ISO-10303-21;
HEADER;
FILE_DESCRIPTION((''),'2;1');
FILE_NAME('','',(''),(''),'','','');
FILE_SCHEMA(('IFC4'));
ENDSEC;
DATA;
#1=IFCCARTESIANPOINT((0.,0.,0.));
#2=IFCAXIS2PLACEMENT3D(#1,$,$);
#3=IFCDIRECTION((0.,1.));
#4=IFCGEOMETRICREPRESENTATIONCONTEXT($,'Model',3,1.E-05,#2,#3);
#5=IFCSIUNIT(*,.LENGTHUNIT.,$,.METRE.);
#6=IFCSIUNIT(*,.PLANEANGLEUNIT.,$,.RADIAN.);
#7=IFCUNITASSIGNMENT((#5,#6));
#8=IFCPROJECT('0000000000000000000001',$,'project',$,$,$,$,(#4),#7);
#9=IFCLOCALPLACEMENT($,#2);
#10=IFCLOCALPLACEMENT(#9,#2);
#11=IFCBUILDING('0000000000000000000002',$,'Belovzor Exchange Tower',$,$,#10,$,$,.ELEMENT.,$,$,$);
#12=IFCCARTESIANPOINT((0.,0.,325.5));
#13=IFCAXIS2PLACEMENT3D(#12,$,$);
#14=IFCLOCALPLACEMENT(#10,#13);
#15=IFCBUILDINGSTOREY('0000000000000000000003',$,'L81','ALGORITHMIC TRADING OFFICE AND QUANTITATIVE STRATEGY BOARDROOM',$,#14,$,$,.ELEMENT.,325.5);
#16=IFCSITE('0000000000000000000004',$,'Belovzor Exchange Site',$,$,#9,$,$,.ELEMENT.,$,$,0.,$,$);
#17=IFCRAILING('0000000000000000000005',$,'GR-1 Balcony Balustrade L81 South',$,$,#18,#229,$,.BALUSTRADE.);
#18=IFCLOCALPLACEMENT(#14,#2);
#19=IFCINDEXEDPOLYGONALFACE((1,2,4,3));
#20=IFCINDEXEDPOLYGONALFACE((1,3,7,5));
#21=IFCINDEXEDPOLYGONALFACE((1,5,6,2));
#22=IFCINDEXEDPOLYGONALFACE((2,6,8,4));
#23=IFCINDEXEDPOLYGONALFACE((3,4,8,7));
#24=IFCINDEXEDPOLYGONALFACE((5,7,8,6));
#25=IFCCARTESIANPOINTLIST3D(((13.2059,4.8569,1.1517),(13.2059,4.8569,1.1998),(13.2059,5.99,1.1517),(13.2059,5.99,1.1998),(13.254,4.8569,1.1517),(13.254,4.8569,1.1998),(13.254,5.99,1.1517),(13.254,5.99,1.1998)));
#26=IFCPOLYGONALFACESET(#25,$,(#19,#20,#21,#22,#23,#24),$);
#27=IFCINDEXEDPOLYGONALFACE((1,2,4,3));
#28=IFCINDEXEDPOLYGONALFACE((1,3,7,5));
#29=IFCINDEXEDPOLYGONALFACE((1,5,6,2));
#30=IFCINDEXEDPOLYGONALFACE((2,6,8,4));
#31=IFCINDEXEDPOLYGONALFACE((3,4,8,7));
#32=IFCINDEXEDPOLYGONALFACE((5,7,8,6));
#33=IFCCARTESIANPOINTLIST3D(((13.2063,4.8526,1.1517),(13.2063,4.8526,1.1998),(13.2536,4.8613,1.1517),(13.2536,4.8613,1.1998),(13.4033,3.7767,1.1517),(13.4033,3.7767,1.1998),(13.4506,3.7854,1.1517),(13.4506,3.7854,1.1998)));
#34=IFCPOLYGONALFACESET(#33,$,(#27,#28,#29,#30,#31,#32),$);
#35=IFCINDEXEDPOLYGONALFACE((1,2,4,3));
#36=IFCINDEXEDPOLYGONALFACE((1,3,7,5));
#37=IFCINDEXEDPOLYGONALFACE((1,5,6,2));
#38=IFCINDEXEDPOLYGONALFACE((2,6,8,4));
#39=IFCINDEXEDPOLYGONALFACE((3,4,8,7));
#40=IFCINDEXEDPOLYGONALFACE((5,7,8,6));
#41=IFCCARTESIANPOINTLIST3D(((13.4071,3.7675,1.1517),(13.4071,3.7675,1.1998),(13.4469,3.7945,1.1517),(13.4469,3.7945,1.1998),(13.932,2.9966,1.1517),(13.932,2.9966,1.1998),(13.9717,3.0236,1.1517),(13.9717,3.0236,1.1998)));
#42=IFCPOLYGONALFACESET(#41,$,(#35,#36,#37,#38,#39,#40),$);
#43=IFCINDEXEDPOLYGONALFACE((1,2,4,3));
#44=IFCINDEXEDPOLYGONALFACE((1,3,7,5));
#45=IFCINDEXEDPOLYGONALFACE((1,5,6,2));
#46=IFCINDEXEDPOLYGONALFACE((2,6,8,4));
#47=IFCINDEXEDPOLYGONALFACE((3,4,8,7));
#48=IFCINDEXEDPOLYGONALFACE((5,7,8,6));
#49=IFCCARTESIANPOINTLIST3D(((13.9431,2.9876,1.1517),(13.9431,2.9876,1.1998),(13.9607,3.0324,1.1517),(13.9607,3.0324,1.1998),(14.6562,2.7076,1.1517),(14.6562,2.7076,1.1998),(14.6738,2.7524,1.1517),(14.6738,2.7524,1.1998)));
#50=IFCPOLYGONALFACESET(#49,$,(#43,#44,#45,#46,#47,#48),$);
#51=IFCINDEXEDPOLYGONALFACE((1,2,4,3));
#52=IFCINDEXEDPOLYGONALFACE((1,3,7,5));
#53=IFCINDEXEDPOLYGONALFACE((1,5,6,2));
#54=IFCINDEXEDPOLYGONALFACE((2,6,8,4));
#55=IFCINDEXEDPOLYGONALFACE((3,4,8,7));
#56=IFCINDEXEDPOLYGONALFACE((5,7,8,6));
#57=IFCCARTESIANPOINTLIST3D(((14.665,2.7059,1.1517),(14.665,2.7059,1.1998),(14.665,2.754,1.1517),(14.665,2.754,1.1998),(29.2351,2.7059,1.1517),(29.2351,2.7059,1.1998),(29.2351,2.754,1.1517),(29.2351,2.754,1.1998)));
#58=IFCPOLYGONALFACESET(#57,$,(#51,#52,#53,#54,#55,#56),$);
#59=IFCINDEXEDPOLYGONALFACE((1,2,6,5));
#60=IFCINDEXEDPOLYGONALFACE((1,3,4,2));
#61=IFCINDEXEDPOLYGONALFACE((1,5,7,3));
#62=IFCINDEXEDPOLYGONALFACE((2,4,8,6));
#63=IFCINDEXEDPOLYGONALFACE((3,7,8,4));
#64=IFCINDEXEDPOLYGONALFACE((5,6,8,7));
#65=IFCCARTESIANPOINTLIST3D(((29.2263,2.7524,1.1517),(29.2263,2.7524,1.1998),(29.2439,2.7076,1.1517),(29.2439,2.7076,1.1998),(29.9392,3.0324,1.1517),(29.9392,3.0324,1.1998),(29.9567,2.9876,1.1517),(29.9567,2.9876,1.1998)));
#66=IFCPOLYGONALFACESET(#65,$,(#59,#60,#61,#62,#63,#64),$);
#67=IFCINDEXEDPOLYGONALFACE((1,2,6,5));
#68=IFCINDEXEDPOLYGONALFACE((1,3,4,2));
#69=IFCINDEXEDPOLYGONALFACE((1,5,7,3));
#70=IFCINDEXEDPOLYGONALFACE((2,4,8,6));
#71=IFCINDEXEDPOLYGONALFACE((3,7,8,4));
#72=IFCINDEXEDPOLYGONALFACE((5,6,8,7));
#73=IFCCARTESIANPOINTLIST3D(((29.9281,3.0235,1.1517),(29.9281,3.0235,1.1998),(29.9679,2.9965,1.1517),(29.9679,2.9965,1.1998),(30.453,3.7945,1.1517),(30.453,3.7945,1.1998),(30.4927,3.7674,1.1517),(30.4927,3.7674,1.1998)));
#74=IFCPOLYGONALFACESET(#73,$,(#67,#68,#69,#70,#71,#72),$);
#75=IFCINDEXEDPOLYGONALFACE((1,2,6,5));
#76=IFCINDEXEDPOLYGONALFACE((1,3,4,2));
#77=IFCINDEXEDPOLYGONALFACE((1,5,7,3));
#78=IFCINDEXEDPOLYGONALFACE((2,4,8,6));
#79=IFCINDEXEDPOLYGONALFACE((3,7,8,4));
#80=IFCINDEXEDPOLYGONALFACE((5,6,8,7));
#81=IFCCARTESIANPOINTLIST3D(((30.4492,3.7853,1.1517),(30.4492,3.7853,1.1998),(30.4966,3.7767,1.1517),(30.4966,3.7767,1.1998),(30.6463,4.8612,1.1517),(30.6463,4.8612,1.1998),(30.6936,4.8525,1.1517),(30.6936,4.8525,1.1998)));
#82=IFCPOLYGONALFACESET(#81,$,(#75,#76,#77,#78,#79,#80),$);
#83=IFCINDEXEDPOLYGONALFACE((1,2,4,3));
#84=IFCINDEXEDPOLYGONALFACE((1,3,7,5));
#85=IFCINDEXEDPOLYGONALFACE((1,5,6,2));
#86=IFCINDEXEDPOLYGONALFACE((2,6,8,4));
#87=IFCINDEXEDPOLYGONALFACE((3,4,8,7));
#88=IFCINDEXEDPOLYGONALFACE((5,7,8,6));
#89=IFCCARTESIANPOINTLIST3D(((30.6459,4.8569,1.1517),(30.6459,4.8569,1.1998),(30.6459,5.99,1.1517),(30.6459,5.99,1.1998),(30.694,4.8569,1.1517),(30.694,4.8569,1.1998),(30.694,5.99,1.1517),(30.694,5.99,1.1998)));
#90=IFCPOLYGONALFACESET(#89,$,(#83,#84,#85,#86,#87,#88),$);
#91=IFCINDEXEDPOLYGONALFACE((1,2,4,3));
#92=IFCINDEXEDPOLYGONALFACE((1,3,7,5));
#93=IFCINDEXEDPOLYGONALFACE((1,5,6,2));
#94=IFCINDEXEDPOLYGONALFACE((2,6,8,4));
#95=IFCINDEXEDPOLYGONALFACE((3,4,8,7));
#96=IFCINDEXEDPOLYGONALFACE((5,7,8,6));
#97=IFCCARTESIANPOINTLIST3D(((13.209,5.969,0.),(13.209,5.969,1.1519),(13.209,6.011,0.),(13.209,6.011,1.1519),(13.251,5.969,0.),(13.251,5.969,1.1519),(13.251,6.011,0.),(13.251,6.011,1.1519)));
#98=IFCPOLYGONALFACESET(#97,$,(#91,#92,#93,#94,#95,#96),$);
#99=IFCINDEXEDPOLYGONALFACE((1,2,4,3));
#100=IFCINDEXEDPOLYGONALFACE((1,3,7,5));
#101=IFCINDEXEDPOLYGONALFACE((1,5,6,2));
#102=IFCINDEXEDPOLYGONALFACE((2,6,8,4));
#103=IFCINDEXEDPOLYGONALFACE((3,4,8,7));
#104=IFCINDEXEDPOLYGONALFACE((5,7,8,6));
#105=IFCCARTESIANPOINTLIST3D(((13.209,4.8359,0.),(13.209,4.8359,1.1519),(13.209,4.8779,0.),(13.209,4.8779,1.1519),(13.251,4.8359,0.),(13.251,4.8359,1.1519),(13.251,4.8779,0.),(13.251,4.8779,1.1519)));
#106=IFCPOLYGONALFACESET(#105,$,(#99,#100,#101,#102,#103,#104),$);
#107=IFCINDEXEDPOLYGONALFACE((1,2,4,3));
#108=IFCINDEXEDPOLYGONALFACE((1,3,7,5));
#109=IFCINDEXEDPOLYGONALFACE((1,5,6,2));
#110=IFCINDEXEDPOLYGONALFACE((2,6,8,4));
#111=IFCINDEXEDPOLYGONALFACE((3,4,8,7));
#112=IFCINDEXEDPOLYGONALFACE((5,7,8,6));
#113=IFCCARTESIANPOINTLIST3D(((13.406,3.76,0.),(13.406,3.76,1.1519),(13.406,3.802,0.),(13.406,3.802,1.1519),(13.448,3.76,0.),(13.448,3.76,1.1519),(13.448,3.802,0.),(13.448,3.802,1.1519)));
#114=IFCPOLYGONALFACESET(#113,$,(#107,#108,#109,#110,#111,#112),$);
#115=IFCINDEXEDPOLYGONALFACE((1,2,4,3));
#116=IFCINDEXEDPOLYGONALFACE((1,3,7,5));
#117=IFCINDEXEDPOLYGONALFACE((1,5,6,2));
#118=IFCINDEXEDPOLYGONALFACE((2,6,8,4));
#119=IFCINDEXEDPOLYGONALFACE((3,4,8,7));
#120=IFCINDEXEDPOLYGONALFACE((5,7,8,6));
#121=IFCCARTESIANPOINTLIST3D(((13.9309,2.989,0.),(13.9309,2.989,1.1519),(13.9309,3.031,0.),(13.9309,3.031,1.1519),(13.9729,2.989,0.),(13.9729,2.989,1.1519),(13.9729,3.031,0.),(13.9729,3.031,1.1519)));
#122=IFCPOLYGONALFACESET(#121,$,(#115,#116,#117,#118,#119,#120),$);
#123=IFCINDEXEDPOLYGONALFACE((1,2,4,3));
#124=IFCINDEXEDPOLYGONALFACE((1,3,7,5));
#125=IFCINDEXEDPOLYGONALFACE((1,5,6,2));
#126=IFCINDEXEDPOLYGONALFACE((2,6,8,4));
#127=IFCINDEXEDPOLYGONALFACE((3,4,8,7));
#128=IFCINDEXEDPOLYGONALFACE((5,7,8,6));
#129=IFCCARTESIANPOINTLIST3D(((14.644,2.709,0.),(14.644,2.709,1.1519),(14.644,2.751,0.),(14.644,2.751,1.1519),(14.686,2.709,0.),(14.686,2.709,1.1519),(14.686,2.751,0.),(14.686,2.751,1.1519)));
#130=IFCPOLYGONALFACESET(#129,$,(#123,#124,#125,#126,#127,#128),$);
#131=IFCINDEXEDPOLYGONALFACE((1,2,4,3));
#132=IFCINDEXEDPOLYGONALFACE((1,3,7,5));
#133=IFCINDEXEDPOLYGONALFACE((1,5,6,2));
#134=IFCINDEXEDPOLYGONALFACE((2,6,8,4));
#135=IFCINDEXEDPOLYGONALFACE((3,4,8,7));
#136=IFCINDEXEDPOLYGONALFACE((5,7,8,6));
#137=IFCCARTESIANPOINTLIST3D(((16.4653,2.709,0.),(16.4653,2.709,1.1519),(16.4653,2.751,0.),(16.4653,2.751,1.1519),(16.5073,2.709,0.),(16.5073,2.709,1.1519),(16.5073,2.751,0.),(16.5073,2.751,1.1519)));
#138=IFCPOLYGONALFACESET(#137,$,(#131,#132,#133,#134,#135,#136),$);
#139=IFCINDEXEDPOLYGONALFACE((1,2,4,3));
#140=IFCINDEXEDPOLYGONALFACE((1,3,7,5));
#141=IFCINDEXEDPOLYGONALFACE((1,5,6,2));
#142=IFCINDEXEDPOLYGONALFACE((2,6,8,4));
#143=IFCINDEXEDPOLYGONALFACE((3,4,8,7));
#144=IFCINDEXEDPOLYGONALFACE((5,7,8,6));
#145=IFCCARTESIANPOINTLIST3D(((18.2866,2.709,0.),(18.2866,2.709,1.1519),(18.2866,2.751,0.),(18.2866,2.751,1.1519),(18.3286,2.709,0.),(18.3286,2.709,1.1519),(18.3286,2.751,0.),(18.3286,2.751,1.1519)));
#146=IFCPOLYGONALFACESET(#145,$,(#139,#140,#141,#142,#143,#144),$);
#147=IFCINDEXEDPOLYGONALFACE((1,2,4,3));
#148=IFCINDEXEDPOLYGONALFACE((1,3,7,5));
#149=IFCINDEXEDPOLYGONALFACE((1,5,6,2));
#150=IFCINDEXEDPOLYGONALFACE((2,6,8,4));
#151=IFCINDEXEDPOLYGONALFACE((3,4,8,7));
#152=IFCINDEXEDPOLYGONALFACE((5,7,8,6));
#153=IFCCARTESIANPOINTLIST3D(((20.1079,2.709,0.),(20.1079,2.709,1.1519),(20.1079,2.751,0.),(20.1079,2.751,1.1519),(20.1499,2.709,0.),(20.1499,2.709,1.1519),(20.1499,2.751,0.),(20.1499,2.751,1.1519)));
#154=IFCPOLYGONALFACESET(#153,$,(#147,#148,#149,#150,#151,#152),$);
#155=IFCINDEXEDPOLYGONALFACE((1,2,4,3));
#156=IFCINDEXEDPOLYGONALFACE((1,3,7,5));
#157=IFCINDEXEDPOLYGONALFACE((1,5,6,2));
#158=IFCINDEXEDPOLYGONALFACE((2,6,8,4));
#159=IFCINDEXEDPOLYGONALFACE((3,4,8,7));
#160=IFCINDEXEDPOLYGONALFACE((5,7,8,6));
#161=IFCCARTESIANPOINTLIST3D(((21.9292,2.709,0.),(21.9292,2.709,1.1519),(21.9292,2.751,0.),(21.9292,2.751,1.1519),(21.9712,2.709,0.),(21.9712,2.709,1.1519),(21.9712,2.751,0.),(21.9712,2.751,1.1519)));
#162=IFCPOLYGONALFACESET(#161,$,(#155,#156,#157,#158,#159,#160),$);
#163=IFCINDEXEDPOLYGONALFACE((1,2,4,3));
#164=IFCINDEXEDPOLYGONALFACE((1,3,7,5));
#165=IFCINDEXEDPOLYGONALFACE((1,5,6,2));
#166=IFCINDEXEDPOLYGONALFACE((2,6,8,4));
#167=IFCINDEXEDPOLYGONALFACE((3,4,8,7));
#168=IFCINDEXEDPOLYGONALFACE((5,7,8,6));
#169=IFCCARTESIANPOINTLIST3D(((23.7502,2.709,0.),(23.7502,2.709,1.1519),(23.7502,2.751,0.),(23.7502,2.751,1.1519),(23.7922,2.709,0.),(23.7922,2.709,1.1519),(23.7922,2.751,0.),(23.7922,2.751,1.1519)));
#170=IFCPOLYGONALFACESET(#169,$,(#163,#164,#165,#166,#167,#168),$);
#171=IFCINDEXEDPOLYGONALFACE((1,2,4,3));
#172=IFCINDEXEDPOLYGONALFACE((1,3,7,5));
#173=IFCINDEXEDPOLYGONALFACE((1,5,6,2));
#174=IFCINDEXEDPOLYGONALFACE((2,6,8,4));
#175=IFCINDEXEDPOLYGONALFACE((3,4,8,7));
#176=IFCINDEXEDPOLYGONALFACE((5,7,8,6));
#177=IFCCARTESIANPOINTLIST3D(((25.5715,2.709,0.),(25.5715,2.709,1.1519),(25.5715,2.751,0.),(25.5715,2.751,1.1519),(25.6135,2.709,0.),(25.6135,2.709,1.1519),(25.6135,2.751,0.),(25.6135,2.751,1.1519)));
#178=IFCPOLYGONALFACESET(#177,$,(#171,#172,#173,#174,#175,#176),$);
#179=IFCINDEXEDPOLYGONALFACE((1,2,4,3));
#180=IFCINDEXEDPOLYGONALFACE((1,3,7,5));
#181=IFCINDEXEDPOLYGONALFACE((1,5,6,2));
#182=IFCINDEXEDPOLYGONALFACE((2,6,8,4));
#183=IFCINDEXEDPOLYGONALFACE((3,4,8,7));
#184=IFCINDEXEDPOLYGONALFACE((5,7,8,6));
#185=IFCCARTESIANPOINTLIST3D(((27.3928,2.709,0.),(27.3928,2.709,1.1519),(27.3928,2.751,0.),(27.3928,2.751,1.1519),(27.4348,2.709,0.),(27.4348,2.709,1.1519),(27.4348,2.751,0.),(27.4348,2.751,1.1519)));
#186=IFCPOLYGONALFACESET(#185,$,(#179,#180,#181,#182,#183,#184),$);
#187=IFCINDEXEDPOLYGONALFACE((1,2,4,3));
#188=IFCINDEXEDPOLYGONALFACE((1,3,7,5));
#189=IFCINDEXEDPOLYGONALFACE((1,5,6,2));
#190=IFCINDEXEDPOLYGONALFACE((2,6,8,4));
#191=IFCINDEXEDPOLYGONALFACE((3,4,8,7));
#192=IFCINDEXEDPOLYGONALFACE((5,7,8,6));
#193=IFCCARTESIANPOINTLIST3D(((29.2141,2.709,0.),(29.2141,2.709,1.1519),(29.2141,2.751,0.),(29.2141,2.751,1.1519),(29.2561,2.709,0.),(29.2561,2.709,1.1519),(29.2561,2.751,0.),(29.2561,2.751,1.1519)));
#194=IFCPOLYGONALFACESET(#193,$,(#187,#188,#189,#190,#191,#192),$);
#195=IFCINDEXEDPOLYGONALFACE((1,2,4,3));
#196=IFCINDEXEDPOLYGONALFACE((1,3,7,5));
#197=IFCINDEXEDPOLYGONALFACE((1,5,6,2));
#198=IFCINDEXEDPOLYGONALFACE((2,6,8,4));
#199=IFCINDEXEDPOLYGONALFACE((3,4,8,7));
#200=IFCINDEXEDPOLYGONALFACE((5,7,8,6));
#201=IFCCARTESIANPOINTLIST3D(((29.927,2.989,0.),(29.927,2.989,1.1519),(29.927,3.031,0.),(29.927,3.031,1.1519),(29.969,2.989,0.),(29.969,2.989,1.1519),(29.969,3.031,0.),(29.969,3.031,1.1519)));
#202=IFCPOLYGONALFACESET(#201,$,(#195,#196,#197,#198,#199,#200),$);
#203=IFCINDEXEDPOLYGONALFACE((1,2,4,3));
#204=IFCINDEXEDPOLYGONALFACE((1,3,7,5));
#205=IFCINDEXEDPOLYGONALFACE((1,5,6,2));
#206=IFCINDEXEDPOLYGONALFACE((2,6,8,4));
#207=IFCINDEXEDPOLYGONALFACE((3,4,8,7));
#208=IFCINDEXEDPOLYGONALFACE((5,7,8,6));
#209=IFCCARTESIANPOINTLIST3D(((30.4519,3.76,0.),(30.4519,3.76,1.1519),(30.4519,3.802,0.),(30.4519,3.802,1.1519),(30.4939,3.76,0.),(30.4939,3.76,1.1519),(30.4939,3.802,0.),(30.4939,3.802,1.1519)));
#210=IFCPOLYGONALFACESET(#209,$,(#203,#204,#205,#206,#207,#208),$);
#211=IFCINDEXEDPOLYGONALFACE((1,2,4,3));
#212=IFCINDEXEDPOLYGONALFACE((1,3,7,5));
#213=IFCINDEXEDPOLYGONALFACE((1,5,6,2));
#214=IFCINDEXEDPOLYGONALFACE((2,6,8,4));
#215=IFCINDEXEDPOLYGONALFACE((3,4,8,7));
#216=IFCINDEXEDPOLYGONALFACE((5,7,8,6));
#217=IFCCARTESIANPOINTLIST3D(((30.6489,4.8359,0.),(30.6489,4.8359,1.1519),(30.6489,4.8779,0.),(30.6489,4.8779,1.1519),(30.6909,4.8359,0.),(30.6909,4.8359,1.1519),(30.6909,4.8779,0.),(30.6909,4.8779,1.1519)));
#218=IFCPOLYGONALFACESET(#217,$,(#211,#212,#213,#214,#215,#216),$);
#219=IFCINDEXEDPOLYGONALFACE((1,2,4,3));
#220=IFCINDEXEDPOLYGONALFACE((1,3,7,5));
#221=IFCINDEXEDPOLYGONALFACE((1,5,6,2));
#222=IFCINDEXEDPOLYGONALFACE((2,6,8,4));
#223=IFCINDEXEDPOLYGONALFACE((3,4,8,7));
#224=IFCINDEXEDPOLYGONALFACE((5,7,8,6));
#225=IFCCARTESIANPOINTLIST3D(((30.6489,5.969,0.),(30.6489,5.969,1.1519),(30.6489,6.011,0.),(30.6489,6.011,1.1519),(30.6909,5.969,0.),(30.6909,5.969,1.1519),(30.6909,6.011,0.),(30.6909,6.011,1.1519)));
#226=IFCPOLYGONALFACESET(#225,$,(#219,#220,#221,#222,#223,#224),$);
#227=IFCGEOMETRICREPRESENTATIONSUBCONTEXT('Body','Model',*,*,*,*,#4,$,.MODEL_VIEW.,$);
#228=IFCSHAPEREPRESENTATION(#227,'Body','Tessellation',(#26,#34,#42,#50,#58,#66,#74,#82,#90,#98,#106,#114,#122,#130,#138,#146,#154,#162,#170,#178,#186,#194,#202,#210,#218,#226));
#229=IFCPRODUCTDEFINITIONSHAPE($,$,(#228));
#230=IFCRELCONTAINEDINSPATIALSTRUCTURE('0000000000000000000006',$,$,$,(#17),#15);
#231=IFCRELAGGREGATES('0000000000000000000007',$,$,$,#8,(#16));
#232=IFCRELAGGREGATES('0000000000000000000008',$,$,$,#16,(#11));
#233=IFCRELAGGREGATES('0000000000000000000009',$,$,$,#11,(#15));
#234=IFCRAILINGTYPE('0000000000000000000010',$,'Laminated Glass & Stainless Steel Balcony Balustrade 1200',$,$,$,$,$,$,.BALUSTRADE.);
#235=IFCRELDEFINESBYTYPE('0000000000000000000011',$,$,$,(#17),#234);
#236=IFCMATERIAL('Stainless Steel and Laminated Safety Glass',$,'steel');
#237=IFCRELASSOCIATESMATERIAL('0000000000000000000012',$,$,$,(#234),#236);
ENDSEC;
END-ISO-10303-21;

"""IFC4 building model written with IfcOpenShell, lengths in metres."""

from ifc_helpers import new_model, si_unit, direction, frame, origin, origin_2d, place, context, subcontext, project, spatial, rectangle, extrude, material, type_object, element, save


model = new_model("IFC4")

# Units and contexts
model_context = context("Model", 3, precision=1e-05, world=origin(), true_north=direction((0.0, 1.0)))
body_context = subcontext(model_context, "Body", "Model", "MODEL_VIEW")
ifc_project = project(units=[si_unit("LENGTHUNIT", "METRE"), si_unit("PLANEANGLEUNIT", "RADIAN")], contexts=[model_context])

# Site, building, storey
site_placement = place(None, origin())
site = spatial("IfcSite", under=ifc_project, at=site_placement, Name="Belovzor Exchange Site", CompositionType="ELEMENT", RefElevation=0.0)
building_placement = place(site_placement, origin())
building = spatial("IfcBuilding", under=site, at=building_placement, Name="Belovzor Exchange Tower", CompositionType="ELEMENT")
storey_placement = place(building_placement, frame((0.0, 0.0, 325.5)))
storey = spatial("IfcBuildingStorey", under=building, at=storey_placement, Name="L81", Description="ALGORITHMIC TRADING OFFICE AND QUANTITATIVE STRATEGY BOARDROOM", CompositionType="ELEMENT", Elevation=325.5)

# Railing
ifc_material_1 = material(Name="Stainless Steel and Laminated Safety Glass", Category="steel")
railing_type = type_object("IfcRailingType", Name="Laminated Glass & Stainless Steel Balcony Balustrade 1200", PredefinedType="BALUSTRADE", material=ifc_material_1)
railing_placement = place(storey_placement, frame((13.23, 5.99, 0.0)))
element("IfcRailing", 1, at=railing_placement, inside=storey, type_object=railing_type, Name="GR-1 Balcony Balustrade L81 South", PredefinedType="BALUSTRADE", context=body_context, shape_type="SweptSolid", body=[
    extrude(rectangle(XDim=0.0481, YDim=0.0481, at=origin_2d()), frame((0.0, 0.0, 1.1758), z_axis=(0.0, -1.0, 0.0), x_axis=(1.0, 0.0, 0.0)), (0.0, 0.0, 1.0), 1.1331),
    extrude(rectangle(XDim=0.0481, YDim=0.0481, at=origin_2d()), frame((0.0, -1.1331, 1.1758), z_axis=(0.180123, -0.983644, 0.0), x_axis=(0.983644, 0.180123, 0.0)), (0.0, 0.0, 1.0), 1.0938),
    extrude(rectangle(XDim=0.0481, YDim=0.0481, at=origin_2d()), frame((0.197, -2.209, 1.1758), z_axis=(0.562768, -0.826615, 0.0), x_axis=(0.826615, 0.562768, 0.0)), (0.0, 0.0, 1.0), 0.9326),
    extrude(rectangle(XDim=0.0481, YDim=0.0481, at=origin_2d()), frame((0.7219, -2.98, 1.1758), z_axis=(0.93081, -0.365504, 0.0), x_axis=(0.365504, 0.93081, 0.0)), (0.0, 0.0, 1.0), 0.7661),
    extrude(rectangle(XDim=0.0481, YDim=0.0481, at=origin_2d()), frame((1.4351, -3.26, 1.1758), z_axis=(1.0, 0.0, 0.0), x_axis=(0.0, 1.0, 0.0)), (0.0, 0.0, 1.0), 14.5701),
    extrude(rectangle(XDim=0.0481, YDim=0.0481, at=origin_2d()), frame((16.0051, -3.26, 1.1758), z_axis=(0.930767, 0.365613, 0.0), x_axis=(-0.365613, 0.930767, 0.0)), (0.0, 0.0, 1.0), 0.7659),
    extrude(rectangle(XDim=0.0481, YDim=0.0481, at=origin_2d()), frame((16.718, -2.98, 1.1758), z_axis=(0.562768, 0.826615, 0.0), x_axis=(-0.826615, 0.562768, 0.0)), (0.0, 0.0, 1.0), 0.9326),
    extrude(rectangle(XDim=0.0481, YDim=0.0481, at=origin_2d()), frame((17.2429, -2.209, 1.1758), z_axis=(0.180123, 0.983644, 0.0), x_axis=(-0.983644, 0.180123, 0.0)), (0.0, 0.0, 1.0), 1.0938),
    extrude(rectangle(XDim=0.0481, YDim=0.0481, at=origin_2d()), frame((17.4399, -1.1331, 1.1758), z_axis=(0.0, 1.0, 0.0), x_axis=(-1.0, 0.0, 0.0)), (0.0, 0.0, 1.0), 1.1331),
    extrude(rectangle(XDim=0.042, YDim=0.042, at=origin_2d()), origin(), (0.0, 0.0, 1.0), 1.1519),
    extrude(rectangle(XDim=0.042, YDim=0.042, at=origin_2d()), frame((0.0, -1.1331, 0.0)), (0.0, 0.0, 1.0), 1.1519),
    extrude(rectangle(XDim=0.042, YDim=0.042, at=origin_2d()), frame((0.197, -2.209, 0.0)), (0.0, 0.0, 1.0), 1.1519),
    extrude(rectangle(XDim=0.042, YDim=0.042, at=origin_2d()), frame((0.7219, -2.98, 0.0)), (0.0, 0.0, 1.0), 1.1519),
    extrude(rectangle(XDim=0.042, YDim=0.042, at=origin_2d()), frame((1.4351, -3.26, 0.0)), (0.0, 0.0, 1.0), 1.1519),
    extrude(rectangle(XDim=0.042, YDim=0.042, at=origin_2d()), frame((3.2563, -3.26, 0.0)), (0.0, 0.0, 1.0), 1.1519),
    extrude(rectangle(XDim=0.042, YDim=0.042, at=origin_2d()), frame((5.0776, -3.26, 0.0)), (0.0, 0.0, 1.0), 1.1519),
    extrude(rectangle(XDim=0.042, YDim=0.042, at=origin_2d()), frame((6.8989, -3.26, 0.0)), (0.0, 0.0, 1.0), 1.1519),
    extrude(rectangle(XDim=0.042, YDim=0.042, at=origin_2d()), frame((8.7202, -3.26, 0.0)), (0.0, 0.0, 1.0), 1.1519),
    extrude(rectangle(XDim=0.042, YDim=0.042, at=origin_2d()), frame((10.5413, -3.26, 0.0)), (0.0, 0.0, 1.0), 1.1519),
    extrude(rectangle(XDim=0.042, YDim=0.042, at=origin_2d()), frame((12.3625, -3.26, 0.0)), (0.0, 0.0, 1.0), 1.1519),
    extrude(rectangle(XDim=0.042, YDim=0.042, at=origin_2d()), frame((14.1838, -3.26, 0.0)), (0.0, 0.0, 1.0), 1.1519),
    extrude(rectangle(XDim=0.042, YDim=0.042, at=origin_2d()), frame((16.0051, -3.26, 0.0)), (0.0, 0.0, 1.0), 1.1519),
    extrude(rectangle(XDim=0.042, YDim=0.042, at=origin_2d()), frame((16.718, -2.98, 0.0)), (0.0, 0.0, 1.0), 1.1519),
    extrude(rectangle(XDim=0.042, YDim=0.042, at=origin_2d()), frame((17.2429, -2.209, 0.0)), (0.0, 0.0, 1.0), 1.1519),
    extrude(rectangle(XDim=0.042, YDim=0.042, at=origin_2d()), frame((17.4399, -1.1331, 0.0)), (0.0, 0.0, 1.0), 1.1519),
    extrude(rectangle(XDim=0.042, YDim=0.042, at=origin_2d()), frame((17.4399, 0.0, 0.0)), (0.0, 0.0, 1.0), 1.1519),
])

save(model, "model.ifc")
